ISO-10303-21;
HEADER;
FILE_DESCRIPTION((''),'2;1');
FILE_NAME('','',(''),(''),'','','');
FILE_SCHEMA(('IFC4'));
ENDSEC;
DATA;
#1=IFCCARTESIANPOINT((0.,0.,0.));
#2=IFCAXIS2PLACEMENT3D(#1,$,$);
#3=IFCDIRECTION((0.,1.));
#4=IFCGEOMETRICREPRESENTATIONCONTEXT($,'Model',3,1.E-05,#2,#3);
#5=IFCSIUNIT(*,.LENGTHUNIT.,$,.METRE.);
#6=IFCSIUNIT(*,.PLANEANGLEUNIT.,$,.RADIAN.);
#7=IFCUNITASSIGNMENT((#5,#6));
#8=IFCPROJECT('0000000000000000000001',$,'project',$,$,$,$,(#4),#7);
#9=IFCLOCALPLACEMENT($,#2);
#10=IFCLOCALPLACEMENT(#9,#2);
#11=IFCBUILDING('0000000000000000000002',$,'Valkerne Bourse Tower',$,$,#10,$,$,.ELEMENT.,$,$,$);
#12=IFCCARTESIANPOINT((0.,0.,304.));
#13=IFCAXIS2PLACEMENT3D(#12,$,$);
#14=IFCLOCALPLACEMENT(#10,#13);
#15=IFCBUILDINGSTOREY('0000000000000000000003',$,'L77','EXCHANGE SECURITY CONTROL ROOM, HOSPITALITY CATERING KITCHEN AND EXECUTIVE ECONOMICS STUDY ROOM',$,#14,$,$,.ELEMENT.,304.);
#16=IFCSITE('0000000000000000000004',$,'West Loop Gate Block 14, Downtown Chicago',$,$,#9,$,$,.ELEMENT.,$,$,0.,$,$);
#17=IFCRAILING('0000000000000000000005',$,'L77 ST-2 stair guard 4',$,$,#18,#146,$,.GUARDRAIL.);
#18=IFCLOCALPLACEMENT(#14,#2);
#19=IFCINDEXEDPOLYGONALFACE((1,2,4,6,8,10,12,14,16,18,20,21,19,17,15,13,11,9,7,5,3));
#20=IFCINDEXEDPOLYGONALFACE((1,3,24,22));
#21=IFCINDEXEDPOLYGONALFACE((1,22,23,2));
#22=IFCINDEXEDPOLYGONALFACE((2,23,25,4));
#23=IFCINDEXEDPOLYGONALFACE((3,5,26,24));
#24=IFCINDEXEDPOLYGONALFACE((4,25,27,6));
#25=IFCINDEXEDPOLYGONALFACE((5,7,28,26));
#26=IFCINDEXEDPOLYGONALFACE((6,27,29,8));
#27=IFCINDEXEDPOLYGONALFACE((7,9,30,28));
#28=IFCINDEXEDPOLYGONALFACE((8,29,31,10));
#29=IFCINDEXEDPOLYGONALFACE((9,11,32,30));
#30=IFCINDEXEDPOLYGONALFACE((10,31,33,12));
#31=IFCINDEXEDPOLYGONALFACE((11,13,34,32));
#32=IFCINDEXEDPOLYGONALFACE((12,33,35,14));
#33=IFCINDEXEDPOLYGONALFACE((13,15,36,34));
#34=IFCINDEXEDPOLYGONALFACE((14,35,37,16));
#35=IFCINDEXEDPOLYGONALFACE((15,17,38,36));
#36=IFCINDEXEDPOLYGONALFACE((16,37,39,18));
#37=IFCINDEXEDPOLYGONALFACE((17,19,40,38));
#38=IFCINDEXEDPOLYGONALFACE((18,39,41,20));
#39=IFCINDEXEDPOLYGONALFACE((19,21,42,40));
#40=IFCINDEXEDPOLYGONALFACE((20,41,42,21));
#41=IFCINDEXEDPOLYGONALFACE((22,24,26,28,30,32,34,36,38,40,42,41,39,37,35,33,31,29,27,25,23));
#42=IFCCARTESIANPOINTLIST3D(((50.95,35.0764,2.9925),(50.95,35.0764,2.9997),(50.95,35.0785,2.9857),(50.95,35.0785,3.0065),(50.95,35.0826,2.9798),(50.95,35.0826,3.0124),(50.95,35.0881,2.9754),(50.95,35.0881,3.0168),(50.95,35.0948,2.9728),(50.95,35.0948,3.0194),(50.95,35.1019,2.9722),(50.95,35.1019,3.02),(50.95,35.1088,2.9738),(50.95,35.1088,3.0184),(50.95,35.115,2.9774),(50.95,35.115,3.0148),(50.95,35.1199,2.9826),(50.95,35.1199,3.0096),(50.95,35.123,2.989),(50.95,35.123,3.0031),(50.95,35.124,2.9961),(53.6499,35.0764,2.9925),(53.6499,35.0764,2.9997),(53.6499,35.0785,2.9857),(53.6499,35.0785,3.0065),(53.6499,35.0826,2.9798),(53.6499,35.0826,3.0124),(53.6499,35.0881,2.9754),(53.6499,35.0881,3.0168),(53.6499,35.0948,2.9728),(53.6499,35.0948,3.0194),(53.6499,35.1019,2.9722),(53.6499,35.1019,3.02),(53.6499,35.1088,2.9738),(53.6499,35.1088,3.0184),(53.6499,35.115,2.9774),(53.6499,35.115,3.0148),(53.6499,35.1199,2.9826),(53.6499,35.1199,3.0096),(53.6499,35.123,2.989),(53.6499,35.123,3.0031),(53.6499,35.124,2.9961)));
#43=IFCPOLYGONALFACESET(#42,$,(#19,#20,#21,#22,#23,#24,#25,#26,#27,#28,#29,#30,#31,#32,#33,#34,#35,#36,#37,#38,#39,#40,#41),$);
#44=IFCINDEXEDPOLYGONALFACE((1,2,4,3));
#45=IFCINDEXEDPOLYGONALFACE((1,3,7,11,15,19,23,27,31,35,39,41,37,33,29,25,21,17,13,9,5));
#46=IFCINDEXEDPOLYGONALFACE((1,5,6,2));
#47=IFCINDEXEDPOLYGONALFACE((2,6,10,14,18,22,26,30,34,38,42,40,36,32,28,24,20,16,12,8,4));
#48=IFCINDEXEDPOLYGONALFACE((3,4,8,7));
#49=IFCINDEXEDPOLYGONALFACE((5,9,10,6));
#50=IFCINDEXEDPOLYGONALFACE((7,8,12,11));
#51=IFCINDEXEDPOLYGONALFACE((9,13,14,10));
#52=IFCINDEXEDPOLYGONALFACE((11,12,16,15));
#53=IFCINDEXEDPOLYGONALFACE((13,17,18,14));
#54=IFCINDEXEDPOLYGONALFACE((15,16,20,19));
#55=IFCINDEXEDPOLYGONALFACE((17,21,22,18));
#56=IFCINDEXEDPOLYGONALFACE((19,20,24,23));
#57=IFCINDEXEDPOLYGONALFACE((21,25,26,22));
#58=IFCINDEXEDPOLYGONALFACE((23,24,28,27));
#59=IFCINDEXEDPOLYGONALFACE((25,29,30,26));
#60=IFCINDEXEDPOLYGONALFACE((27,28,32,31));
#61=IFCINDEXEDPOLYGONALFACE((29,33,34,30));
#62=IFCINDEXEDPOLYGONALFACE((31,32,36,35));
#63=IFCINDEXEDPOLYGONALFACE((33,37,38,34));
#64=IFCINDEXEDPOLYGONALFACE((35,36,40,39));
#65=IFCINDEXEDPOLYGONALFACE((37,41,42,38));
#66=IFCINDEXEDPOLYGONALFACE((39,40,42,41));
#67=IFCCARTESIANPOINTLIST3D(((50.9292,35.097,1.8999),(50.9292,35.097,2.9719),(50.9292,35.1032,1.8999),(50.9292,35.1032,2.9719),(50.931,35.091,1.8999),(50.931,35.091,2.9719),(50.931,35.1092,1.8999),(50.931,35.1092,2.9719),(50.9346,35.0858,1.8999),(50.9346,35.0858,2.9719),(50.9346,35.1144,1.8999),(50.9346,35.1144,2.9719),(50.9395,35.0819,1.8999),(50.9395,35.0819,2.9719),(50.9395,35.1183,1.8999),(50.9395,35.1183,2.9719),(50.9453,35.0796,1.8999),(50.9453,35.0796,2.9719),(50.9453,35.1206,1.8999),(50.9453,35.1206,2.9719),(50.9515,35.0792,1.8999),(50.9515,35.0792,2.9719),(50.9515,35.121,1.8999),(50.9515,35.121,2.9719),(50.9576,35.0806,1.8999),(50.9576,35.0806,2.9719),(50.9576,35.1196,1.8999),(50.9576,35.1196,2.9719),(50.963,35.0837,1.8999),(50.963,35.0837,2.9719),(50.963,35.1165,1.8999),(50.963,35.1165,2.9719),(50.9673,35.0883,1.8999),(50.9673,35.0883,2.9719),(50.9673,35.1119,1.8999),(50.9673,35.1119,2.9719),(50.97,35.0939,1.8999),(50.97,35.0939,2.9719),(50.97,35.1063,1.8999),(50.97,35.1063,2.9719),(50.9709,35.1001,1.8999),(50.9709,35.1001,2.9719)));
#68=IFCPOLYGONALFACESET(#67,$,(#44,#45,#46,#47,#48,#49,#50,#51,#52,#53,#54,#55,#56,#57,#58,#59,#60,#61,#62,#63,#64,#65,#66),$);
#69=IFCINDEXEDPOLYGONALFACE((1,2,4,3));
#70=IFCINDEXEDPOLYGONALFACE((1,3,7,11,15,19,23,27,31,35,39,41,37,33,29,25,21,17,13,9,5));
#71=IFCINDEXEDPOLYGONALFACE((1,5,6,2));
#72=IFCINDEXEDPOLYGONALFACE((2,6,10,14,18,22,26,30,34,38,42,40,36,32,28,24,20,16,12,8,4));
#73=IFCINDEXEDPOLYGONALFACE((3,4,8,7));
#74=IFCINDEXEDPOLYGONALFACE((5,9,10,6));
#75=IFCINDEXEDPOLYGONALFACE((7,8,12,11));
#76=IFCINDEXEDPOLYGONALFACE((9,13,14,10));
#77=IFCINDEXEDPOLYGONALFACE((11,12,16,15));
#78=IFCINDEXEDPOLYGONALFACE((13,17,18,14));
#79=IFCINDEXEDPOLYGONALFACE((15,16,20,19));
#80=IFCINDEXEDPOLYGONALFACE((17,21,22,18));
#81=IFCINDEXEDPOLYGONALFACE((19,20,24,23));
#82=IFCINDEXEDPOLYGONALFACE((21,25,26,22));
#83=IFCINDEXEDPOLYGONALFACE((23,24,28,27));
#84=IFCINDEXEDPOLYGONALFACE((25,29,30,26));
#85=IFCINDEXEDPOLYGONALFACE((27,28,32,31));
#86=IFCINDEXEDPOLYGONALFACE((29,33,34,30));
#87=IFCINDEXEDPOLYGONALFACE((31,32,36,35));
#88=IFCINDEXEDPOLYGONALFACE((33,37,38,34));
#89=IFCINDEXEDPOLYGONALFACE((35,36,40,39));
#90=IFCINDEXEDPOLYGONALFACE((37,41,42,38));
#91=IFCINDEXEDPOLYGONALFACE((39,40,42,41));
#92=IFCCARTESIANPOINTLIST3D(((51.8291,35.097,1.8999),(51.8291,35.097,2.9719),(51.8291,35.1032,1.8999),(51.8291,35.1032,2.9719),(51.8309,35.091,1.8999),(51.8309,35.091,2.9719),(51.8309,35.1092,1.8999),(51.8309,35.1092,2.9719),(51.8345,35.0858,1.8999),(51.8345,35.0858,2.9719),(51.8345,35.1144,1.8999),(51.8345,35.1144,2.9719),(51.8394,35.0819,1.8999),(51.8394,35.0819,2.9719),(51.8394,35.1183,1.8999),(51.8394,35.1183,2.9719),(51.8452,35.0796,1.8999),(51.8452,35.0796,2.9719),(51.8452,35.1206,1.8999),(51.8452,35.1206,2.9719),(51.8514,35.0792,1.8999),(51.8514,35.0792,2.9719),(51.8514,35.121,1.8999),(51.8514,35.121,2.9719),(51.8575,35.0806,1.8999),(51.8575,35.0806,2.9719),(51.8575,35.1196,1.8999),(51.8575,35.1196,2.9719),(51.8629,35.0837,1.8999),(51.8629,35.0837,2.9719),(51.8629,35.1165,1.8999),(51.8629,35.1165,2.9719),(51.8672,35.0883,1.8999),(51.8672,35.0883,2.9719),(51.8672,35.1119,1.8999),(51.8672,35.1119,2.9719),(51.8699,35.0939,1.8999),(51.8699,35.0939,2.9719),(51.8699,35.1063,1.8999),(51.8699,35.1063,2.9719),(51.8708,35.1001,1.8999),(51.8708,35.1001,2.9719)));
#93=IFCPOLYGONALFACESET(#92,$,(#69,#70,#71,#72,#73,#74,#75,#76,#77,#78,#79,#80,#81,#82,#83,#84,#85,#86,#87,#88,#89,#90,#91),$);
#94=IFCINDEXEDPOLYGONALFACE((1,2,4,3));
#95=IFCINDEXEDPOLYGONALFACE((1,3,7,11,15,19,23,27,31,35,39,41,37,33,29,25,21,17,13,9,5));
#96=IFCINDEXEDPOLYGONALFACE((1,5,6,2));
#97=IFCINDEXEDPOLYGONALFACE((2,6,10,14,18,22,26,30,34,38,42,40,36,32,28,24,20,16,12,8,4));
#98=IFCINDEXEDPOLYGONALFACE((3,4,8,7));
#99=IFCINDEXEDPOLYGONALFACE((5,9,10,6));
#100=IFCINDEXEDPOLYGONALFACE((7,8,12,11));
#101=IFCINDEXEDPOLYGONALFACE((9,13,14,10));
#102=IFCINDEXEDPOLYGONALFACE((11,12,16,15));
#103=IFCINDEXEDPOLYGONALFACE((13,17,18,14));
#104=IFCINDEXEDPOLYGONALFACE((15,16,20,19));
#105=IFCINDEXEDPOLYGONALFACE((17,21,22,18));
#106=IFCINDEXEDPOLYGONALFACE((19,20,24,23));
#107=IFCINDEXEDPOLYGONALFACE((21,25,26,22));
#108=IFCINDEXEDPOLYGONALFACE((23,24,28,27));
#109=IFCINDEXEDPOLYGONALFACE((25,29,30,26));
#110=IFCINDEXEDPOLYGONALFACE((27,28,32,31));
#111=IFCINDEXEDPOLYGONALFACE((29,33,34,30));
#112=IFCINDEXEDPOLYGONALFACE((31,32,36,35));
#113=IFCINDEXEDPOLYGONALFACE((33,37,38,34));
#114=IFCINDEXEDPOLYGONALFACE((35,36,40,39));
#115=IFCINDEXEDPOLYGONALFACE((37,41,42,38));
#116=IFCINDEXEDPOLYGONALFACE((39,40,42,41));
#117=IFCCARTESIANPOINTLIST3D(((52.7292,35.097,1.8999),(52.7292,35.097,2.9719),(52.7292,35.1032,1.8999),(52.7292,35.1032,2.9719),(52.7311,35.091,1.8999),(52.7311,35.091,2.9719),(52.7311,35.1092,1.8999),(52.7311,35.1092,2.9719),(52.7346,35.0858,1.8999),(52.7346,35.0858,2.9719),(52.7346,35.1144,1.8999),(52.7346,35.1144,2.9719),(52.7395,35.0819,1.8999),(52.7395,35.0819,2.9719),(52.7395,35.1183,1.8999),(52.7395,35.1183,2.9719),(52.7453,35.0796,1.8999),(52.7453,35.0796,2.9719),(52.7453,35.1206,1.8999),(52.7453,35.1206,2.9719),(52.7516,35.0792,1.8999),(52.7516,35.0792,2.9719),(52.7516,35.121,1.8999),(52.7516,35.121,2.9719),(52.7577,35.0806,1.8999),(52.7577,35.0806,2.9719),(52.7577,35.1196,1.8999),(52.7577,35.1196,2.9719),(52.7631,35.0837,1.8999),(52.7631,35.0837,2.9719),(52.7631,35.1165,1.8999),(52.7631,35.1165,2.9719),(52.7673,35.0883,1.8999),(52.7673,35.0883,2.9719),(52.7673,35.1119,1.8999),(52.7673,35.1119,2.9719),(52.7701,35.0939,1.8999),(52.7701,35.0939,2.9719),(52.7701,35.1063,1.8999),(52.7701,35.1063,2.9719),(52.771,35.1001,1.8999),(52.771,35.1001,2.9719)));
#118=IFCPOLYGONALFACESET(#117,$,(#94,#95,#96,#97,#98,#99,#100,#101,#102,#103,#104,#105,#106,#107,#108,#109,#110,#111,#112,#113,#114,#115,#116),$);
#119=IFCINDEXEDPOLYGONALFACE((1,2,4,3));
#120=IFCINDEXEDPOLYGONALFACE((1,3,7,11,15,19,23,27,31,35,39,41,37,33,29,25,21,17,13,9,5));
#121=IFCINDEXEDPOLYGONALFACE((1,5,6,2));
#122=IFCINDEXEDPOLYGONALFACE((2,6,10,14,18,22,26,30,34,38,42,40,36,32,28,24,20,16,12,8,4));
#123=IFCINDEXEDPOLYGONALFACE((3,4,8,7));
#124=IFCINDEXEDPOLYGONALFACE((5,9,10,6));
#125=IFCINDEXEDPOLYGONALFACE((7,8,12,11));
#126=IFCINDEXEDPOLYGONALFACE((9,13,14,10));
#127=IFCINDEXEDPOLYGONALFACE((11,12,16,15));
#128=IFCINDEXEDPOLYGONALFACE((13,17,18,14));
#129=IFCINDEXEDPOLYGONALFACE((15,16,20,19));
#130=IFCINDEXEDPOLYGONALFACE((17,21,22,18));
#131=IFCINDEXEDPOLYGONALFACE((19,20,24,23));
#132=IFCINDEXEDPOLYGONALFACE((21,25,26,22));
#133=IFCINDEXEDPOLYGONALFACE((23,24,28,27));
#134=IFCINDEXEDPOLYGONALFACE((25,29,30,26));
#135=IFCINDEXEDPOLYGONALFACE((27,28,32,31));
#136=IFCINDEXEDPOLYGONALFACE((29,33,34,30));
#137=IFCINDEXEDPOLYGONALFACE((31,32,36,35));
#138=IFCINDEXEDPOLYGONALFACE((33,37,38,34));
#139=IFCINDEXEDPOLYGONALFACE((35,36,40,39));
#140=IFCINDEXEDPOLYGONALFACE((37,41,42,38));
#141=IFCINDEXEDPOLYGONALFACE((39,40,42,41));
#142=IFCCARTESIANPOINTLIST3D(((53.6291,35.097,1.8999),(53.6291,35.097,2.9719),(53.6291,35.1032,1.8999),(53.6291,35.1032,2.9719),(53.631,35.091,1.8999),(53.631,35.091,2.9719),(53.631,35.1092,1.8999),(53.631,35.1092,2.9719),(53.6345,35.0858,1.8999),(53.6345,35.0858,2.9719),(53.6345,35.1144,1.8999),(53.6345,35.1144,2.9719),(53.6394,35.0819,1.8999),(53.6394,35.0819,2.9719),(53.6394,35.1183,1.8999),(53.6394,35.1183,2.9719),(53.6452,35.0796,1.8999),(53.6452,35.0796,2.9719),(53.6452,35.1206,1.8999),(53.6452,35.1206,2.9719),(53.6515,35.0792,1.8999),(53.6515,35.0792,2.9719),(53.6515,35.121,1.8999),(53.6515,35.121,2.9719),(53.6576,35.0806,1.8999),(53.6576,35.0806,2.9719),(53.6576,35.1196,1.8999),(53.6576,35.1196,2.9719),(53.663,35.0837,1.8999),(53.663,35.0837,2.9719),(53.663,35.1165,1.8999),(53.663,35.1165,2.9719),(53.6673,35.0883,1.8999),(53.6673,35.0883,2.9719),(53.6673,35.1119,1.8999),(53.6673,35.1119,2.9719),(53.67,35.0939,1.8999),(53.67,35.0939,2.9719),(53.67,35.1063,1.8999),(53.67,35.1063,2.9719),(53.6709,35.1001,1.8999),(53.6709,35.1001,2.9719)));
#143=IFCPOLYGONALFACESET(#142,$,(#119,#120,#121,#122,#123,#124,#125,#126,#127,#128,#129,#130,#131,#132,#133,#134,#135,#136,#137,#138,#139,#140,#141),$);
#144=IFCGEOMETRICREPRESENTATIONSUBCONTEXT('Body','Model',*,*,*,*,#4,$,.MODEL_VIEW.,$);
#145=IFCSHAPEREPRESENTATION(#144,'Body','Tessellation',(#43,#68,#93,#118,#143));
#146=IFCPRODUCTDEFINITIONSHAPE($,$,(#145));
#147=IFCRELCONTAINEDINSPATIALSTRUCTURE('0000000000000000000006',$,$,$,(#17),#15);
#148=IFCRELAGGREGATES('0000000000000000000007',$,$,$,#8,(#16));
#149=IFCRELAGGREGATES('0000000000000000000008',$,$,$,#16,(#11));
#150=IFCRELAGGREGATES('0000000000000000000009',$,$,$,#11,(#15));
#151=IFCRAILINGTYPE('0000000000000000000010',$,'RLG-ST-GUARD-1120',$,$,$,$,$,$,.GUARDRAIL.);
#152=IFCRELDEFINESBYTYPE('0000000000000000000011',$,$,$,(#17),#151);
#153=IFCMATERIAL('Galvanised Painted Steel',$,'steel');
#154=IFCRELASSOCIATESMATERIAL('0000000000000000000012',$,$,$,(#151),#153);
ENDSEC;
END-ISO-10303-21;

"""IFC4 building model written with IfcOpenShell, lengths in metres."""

from ifc_helpers import new_model, si_unit, direction, frame, origin, origin_2d, place, context, subcontext, project, spatial, circle, extrude, material, type_object, element, save


model = new_model("IFC4")

# Units and contexts
model_context = context("Model", 3, precision=1e-05, world=origin(), true_north=direction((0.0, 1.0)))
body_context = subcontext(model_context, "Body", "Model", "MODEL_VIEW")
ifc_project = project(units=[si_unit("LENGTHUNIT", "METRE"), si_unit("PLANEANGLEUNIT", "RADIAN")], contexts=[model_context])

# Site, building, storey
site_placement = place(None, origin())
site = spatial("IfcSite", under=ifc_project, at=site_placement, Name="West Loop Gate Block 14, Downtown Chicago", CompositionType="ELEMENT", RefElevation=0.0)
building_placement = place(site_placement, origin())
building = spatial("IfcBuilding", under=site, at=building_placement, Name="Valkerne Bourse Tower", CompositionType="ELEMENT")
storey_placement = place(building_placement, frame((0.0, 0.0, 304.0)))
storey = spatial("IfcBuildingStorey", under=building, at=storey_placement, Name="L77", Description="EXCHANGE SECURITY CONTROL ROOM, HOSPITALITY CATERING KITCHEN AND EXECUTIVE ECONOMICS STUDY ROOM", CompositionType="ELEMENT", Elevation=304.0)

# Shared definitions
ifc_material_1 = material(Name="Galvanised Painted Steel", Category="steel")

# Railing
railing_type_1 = type_object("IfcRailingType", Name="RLG-ST-GUARD-1120", PredefinedType="GUARDRAIL", material=ifc_material_1)
for number, where, name in (
    (1, (50.95, 35.1001, 1.8999), "L77 ST-2 stair guard 4"),
):
    element("IfcRailing", number, at=place(storey_placement, frame(where)), inside=storey, type_object=railing_type_1, Name=name, PredefinedType="GUARDRAIL", context=body_context, shape_type="SweptSolid", body=[
        extrude(circle(Radius=0.0239, at=origin_2d()), frame((0.0, 0.0, 1.0962), z_axis=(1.0, 0.0, 0.0), x_axis=(0.0, 1.0, 0.0)), (0.0, 0.0, 1.0), 2.7),
        extrude(circle(Radius=0.021, at=origin_2d()), origin(), (0.0, 0.0, 1.0), 1.072),
        extrude(circle(Radius=0.021, at=origin_2d()), frame((0.8999, 0.0, 0.0)), (0.0, 0.0, 1.0), 1.072),
        extrude(circle(Radius=0.021, at=origin_2d()), frame((1.8, 0.0, 0.0)), (0.0, 0.0, 1.0), 1.072),
        extrude(circle(Radius=0.021, at=origin_2d()), frame((2.7, 0.0, 0.0)), (0.0, 0.0, 1.0), 1.072),
    ])

save(model, "model.ifc")
